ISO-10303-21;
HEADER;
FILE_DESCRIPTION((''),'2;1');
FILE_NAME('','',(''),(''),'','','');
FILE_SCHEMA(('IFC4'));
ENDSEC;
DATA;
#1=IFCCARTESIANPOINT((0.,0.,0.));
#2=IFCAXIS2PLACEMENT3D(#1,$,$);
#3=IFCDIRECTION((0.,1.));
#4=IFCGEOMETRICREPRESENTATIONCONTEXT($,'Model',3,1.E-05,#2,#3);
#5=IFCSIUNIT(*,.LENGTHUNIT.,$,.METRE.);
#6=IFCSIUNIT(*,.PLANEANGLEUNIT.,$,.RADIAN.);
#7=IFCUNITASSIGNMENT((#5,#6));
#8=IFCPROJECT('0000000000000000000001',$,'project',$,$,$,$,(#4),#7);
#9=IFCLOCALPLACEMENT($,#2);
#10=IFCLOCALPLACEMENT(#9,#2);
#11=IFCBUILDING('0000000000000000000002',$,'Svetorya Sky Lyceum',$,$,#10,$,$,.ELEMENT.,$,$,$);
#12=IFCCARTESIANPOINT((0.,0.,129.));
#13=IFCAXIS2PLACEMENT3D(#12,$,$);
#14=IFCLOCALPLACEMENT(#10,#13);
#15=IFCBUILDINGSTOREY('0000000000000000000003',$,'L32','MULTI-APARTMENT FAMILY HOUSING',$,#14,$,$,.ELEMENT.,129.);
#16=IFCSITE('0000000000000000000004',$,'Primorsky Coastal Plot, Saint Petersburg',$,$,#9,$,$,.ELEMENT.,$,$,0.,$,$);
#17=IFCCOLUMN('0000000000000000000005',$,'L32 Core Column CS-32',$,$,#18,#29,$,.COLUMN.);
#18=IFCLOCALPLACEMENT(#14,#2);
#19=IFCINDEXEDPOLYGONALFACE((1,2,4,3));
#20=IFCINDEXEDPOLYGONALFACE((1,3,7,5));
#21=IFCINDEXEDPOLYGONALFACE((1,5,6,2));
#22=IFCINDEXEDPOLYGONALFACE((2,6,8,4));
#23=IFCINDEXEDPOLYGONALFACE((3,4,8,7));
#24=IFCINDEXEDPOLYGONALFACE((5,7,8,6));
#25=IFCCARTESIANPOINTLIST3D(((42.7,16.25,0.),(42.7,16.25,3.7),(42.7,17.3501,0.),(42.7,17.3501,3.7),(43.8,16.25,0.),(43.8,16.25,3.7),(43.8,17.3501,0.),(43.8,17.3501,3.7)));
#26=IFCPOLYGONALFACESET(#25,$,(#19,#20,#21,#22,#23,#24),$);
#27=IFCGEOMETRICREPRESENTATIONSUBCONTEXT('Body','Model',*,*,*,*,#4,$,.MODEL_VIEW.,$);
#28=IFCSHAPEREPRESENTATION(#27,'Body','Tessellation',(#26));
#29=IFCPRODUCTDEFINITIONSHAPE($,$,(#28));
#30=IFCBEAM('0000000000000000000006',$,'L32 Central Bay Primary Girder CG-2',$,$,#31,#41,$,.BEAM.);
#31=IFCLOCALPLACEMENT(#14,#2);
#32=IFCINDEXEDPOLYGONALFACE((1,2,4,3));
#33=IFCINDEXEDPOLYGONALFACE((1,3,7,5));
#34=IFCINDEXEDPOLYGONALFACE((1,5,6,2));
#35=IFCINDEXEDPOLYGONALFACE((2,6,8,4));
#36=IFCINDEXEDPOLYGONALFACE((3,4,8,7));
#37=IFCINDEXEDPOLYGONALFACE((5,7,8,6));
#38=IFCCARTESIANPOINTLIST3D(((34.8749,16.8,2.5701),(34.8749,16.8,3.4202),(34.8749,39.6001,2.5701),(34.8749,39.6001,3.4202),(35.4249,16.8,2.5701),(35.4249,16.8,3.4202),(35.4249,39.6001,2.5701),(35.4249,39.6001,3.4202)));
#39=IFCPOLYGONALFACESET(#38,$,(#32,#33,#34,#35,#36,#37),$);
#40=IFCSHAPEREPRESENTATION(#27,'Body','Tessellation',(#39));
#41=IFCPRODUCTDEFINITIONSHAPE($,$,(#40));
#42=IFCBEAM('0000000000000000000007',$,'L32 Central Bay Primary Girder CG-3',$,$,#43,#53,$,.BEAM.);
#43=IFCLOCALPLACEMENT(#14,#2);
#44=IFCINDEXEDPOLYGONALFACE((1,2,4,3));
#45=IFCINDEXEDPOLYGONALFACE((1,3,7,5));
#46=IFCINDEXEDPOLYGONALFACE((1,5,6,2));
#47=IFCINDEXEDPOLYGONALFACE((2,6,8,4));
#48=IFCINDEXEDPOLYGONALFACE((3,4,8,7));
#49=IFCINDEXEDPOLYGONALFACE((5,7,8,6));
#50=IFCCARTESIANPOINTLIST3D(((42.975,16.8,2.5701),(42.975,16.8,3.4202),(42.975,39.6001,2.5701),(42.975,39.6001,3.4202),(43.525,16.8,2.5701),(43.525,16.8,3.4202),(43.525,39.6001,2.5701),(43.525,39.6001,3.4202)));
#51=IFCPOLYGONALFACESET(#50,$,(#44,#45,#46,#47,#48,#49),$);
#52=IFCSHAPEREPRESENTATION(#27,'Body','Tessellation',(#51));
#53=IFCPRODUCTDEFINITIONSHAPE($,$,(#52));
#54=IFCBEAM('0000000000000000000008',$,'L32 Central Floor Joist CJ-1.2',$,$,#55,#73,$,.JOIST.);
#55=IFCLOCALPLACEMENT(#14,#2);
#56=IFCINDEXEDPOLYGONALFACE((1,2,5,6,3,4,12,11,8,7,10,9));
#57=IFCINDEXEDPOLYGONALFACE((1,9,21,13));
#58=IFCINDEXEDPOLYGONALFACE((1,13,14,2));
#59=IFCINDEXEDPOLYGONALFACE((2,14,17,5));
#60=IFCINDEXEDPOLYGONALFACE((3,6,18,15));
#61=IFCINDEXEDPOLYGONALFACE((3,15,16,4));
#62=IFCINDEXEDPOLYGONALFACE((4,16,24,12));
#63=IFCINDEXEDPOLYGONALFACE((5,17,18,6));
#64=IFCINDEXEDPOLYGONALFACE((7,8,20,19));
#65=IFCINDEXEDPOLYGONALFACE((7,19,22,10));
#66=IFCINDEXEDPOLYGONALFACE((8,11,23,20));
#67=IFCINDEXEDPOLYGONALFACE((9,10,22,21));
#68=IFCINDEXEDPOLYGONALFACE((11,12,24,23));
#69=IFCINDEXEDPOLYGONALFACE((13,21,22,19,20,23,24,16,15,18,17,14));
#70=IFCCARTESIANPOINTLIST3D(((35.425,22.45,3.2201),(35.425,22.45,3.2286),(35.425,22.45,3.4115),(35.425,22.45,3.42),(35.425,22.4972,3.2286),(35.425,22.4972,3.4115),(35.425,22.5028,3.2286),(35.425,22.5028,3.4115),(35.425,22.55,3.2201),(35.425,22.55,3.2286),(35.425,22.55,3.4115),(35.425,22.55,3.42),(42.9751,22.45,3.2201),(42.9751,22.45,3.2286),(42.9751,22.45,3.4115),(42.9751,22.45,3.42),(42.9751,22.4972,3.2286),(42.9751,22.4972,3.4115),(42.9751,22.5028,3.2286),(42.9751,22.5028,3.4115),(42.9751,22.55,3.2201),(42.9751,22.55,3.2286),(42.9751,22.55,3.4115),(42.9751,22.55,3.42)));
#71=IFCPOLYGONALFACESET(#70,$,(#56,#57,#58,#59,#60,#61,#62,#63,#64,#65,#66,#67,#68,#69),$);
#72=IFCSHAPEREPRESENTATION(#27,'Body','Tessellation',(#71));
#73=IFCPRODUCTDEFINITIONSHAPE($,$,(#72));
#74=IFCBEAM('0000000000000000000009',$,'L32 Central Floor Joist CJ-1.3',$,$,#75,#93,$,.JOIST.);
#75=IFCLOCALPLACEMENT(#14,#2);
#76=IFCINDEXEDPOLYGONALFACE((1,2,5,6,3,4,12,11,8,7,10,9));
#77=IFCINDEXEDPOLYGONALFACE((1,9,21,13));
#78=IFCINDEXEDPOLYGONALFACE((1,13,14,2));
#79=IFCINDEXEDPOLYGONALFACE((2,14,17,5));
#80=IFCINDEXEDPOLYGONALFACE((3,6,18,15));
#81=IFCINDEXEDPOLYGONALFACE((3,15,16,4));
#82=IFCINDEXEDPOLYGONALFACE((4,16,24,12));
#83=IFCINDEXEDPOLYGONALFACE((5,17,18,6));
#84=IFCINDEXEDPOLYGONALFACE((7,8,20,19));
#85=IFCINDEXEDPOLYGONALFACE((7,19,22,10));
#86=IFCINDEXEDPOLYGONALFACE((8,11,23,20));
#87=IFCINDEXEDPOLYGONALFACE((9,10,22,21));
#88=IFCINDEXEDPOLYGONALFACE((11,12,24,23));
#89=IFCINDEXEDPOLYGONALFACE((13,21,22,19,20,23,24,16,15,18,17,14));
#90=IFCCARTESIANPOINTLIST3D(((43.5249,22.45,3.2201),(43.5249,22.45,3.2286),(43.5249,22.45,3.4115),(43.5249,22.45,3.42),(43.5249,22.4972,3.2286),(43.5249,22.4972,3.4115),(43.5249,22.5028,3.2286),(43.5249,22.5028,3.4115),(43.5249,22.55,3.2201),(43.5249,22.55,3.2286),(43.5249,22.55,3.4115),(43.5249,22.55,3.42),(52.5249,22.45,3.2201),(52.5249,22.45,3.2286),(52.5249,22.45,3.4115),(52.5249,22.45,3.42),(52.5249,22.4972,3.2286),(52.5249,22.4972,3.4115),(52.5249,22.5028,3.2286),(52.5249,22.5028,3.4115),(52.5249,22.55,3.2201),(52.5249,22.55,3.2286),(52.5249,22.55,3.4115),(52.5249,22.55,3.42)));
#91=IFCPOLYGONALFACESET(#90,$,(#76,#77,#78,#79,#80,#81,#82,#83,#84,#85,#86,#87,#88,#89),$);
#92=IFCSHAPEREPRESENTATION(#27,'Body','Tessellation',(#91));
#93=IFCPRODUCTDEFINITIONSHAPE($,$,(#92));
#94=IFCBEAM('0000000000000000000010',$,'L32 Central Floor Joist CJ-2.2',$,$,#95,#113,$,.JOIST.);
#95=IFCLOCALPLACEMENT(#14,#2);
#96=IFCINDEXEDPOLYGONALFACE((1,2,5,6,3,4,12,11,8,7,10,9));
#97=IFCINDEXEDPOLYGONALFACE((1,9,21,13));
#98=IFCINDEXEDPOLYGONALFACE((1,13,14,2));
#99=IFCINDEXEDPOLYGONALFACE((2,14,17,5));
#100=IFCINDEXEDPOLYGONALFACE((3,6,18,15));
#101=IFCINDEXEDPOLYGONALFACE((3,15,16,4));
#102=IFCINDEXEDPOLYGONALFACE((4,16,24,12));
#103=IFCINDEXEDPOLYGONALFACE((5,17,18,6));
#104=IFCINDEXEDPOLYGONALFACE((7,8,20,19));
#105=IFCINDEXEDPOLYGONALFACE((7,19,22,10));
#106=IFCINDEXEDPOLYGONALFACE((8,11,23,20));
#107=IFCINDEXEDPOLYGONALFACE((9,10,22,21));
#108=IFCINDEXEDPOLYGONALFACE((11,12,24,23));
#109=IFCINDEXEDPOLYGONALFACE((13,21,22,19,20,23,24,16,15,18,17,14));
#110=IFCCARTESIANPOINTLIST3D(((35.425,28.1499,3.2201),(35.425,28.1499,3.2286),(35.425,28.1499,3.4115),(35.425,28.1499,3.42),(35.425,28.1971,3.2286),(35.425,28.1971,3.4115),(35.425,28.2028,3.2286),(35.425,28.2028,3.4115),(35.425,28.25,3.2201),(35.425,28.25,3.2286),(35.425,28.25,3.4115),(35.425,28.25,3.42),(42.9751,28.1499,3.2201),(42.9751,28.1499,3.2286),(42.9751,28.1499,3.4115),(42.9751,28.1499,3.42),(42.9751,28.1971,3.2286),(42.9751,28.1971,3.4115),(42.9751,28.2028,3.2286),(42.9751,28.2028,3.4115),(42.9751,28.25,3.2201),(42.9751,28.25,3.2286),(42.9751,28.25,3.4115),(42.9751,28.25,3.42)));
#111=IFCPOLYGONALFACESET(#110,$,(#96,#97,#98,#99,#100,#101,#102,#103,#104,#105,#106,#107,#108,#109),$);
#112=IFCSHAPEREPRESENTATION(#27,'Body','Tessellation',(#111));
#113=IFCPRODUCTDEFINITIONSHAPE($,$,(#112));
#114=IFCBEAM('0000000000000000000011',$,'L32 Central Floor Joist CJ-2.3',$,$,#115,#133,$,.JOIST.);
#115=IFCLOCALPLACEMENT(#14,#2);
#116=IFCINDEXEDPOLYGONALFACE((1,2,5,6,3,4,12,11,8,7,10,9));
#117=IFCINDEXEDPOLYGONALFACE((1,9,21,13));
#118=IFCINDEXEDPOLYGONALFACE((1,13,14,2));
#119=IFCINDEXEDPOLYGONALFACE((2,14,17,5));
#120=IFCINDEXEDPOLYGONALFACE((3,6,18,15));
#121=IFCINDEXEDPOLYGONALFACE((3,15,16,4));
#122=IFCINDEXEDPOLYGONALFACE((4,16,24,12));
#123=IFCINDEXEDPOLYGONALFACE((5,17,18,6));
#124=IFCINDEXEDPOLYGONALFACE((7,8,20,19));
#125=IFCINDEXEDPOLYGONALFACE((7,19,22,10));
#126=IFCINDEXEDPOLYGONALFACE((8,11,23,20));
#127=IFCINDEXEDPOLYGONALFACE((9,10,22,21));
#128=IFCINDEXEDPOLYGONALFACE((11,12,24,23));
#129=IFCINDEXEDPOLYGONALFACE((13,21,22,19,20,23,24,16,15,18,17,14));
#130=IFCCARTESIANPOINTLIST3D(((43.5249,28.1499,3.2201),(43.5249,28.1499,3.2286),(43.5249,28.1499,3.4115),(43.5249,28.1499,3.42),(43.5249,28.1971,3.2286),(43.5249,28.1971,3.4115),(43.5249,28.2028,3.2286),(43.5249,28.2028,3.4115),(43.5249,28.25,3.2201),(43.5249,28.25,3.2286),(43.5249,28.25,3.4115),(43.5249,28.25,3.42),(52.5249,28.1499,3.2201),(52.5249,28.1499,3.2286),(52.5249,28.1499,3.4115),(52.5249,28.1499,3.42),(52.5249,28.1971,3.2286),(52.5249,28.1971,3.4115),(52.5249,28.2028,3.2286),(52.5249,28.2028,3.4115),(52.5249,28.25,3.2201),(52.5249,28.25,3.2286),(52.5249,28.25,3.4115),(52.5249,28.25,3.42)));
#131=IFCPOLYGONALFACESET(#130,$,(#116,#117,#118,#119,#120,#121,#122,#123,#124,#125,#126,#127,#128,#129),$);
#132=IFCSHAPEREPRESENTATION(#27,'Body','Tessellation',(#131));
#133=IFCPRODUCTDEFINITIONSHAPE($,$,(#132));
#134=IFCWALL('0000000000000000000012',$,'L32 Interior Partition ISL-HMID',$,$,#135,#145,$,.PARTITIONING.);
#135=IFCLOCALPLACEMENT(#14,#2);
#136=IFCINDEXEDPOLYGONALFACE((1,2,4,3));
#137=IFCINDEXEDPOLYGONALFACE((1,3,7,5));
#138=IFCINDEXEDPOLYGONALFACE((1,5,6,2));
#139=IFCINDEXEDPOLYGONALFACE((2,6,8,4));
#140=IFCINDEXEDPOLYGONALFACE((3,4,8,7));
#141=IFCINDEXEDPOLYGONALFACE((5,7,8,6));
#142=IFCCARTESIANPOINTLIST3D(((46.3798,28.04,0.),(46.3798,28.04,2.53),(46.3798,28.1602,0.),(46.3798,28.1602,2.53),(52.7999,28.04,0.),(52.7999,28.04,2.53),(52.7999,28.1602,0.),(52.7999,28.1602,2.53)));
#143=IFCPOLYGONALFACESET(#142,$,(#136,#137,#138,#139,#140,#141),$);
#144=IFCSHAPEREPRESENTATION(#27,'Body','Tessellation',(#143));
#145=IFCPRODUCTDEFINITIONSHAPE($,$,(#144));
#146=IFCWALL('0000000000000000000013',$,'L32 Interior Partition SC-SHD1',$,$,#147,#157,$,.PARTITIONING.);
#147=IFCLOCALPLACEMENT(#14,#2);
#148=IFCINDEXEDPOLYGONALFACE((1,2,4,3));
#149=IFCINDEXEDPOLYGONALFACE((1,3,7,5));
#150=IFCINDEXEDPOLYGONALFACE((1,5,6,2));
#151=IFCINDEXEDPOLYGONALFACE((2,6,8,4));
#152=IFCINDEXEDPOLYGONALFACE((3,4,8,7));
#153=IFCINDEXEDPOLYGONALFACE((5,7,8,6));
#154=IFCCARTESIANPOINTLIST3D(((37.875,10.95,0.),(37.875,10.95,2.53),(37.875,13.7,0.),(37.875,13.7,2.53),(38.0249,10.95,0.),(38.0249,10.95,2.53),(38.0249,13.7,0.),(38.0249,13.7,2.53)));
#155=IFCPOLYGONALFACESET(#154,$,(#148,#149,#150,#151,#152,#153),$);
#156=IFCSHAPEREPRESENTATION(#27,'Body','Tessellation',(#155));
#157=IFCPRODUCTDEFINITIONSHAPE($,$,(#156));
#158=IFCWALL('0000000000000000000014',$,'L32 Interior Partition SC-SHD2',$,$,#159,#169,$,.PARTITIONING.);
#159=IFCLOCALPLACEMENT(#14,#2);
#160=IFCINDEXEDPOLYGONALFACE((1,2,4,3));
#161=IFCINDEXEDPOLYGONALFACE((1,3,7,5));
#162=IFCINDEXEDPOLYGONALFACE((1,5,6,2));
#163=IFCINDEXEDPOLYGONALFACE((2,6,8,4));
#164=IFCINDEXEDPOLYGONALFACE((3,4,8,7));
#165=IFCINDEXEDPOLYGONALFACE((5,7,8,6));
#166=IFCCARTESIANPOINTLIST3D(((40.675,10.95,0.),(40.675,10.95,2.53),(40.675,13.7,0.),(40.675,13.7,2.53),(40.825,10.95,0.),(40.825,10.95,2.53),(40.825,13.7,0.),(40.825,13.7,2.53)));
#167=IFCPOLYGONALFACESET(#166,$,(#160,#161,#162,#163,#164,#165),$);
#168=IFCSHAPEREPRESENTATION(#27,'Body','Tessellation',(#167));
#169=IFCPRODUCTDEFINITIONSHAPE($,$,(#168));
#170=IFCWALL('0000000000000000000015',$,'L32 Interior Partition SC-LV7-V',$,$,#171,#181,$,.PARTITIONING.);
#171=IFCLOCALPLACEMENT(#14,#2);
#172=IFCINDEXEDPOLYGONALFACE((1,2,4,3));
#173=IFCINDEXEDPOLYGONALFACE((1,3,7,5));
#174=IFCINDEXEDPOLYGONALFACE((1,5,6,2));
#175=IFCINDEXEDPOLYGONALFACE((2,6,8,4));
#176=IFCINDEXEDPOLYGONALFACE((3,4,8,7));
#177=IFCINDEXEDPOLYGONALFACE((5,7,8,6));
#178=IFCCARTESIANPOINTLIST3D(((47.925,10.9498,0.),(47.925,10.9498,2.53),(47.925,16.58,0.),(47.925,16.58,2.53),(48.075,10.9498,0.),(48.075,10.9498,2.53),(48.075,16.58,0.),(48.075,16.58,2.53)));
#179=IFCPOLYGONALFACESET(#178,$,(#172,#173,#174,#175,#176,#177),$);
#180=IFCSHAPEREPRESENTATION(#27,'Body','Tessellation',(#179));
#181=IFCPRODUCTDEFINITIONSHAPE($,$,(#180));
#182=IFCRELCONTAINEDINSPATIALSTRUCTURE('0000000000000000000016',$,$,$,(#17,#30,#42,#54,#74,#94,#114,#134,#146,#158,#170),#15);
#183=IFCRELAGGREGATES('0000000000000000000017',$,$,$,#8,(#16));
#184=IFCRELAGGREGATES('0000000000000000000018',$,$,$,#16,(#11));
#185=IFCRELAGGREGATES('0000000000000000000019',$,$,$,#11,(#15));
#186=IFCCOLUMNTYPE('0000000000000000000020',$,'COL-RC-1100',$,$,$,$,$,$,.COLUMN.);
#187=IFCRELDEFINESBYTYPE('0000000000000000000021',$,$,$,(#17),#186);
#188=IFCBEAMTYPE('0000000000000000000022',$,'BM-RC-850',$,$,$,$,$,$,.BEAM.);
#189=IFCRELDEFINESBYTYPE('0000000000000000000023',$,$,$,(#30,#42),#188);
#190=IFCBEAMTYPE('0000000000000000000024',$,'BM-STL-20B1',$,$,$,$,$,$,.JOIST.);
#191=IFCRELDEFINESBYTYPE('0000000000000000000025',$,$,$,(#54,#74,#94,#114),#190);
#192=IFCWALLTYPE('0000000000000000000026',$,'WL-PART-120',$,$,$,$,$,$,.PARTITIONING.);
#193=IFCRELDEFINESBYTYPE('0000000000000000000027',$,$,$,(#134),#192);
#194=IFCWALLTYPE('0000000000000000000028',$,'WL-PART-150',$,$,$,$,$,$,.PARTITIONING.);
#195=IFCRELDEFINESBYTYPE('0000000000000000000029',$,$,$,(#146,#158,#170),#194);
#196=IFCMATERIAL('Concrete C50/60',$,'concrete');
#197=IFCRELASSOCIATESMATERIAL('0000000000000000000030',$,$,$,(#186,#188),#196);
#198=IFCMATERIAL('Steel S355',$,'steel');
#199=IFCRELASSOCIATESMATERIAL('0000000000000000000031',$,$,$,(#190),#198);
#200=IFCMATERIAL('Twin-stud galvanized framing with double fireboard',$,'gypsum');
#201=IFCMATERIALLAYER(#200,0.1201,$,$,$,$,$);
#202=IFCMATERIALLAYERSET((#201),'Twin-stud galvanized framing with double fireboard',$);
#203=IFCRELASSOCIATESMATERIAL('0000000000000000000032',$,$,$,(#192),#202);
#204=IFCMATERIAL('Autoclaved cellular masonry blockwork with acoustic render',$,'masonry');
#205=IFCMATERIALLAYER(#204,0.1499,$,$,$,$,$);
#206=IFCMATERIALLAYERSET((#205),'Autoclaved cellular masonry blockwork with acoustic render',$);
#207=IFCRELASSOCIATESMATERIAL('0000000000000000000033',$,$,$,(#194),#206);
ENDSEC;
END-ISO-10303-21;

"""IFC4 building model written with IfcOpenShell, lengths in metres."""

from ifc_helpers import new_model, si_unit, direction, frame, frame_2d, origin, origin_2d, place, context, subcontext, project, spatial, rectangle, i_section, extrude, material, layer, layer_set, material_profile, profile_set, type_object, element, save


model = new_model("IFC4")

# Units and contexts
model_context = context("Model", 3, precision=1e-05, world=origin(), true_north=direction((0.0, 1.0)))
body_context = subcontext(model_context, "Body", "Model", "MODEL_VIEW")
ifc_project = project(units=[si_unit("LENGTHUNIT", "METRE"), si_unit("PLANEANGLEUNIT", "RADIAN")], contexts=[model_context])

# Site, building, storey
site_placement = place(None, origin())
site = spatial("IfcSite", under=ifc_project, at=site_placement, Name="Primorsky Coastal Plot, Saint Petersburg", CompositionType="ELEMENT", RefElevation=0.0)
building_placement = place(site_placement, origin())
building = spatial("IfcBuilding", under=site, at=building_placement, Name="Svetorya Sky Lyceum", CompositionType="ELEMENT")
storey_placement = place(building_placement, frame((0.0, 0.0, 129.0)))
storey = spatial("IfcBuildingStorey", under=building, at=storey_placement, Name="L32", Description="MULTI-APARTMENT FAMILY HOUSING", CompositionType="ELEMENT", Elevation=129.0)

# Column
ifc_material_1 = material(Name="Concrete C50/60", Category="concrete")
ifc_material_profile_1 = material_profile(ifc_material_1, rectangle(XDim=1.1001, YDim=1.1001, at=origin_2d()), Name="RC COL 1100x1100")
ifc_profile_set_1 = profile_set([ifc_material_profile_1], Name="Concrete C50/60")
column_type = type_object("IfcColumnType", Name="COL-RC-1100", PredefinedType="COLUMN", material=ifc_profile_set_1)
column_placement = place(storey_placement, frame((43.25, 16.8, 0.0), z_axis=(0.0, 0.0, 1.0), x_axis=(1.0, 0.0, 0.0)))
element("IfcColumn", 1, at=column_placement, inside=storey, type_object=column_type, Name="L32 Core Column CS-32", PredefinedType="COLUMN", context=body_context, shape_type="SweptSolid", body=[
    extrude(rectangle(XDim=1.1001, YDim=1.1001, at=origin_2d()), origin(), (0.0, 0.0, 1.0), 3.7),
])

# Beams
ifc_material_profile_2 = material_profile(ifc_material_1, rectangle(XDim=0.55, YDim=0.8501, at=origin_2d()), Name="RC BEAM 550x850")
ifc_profile_set_2 = profile_set([ifc_material_profile_2], Name="Concrete C50/60")
beam_type_1 = type_object("IfcBeamType", Name="BM-RC-850", PredefinedType="BEAM", material=ifc_profile_set_2)
for number, where, z_axis, x_axis, name in (
    (2, (35.1499, 16.8, 2.9951), (0.0, 1.0, 0.0), (-1.0, 0.0, 0.0), "L32 Central Bay Primary Girder CG-2"),
    (3, (43.25, 16.8, 2.9951), (0.0, 1.0, 0.0), (-1.0, 0.0, 0.0), "L32 Central Bay Primary Girder CG-3"),
):
    element("IfcBeam", number, at=place(storey_placement, frame(where, z_axis=z_axis, x_axis=x_axis)), inside=storey, type_object=beam_type_1, Name=name, PredefinedType="BEAM", context=body_context, shape_type="SweptSolid", body=[
        extrude(rectangle(XDim=0.55, YDim=0.8501, at=origin_2d()), origin(), (0.0, 0.0, 1.0), 22.8),
    ])
ifc_material_2 = material(Name="Steel S355", Category="steel")
ifc_material_profile_3 = material_profile(ifc_material_2, i_section(OverallWidth=0.1001, OverallDepth=0.2, WebThickness=0.0056, FlangeThickness=0.0085, at=origin_2d()), Name="GOST 20B1")
ifc_profile_set_3 = profile_set([ifc_material_profile_3], Name="Steel S355")
beam_type_2 = type_object("IfcBeamType", Name="BM-STL-20B1", PredefinedType="JOIST", material=ifc_profile_set_3)
beam_1_placement = place(storey_placement, frame((35.425, 22.5, 3.3201), z_axis=(1.0, 0.0, 0.0), x_axis=(0.0, 1.0, 0.0)))
element("IfcBeam", 4, at=beam_1_placement, inside=storey, type_object=beam_type_2, Name="L32 Central Floor Joist CJ-1.2", PredefinedType="JOIST", context=body_context, shape_type="SweptSolid", body=[
    extrude(i_section(OverallWidth=0.1001, OverallDepth=0.2, WebThickness=0.0056, FlangeThickness=0.0085, at=origin_2d()), origin(), (0.0, 0.0, 1.0), 7.55),
])
beam_2_placement = place(storey_placement, frame((43.5249, 22.5, 3.3201), z_axis=(1.0, 0.0, 0.0), x_axis=(0.0, 1.0, 0.0)))
element("IfcBeam", 5, at=beam_2_placement, inside=storey, type_object=beam_type_2, Name="L32 Central Floor Joist CJ-1.3", PredefinedType="JOIST", context=body_context, shape_type="SweptSolid", body=[
    extrude(i_section(OverallWidth=0.1001, OverallDepth=0.2, WebThickness=0.0056, FlangeThickness=0.0085, at=origin_2d()), origin(), (0.0, 0.0, 1.0), 9.0),
])
beam_3_placement = place(storey_placement, frame((35.425, 28.2, 3.3201), z_axis=(1.0, 0.0, 0.0), x_axis=(0.0, 1.0, 0.0)))
element("IfcBeam", 6, at=beam_3_placement, inside=storey, type_object=beam_type_2, Name="L32 Central Floor Joist CJ-2.2", PredefinedType="JOIST", context=body_context, shape_type="SweptSolid", body=[
    extrude(i_section(OverallWidth=0.1001, OverallDepth=0.2, WebThickness=0.0056, FlangeThickness=0.0085, at=origin_2d()), origin(), (0.0, 0.0, 1.0), 7.55),
])
beam_4_placement = place(storey_placement, frame((43.5249, 28.2, 3.3201), z_axis=(1.0, 0.0, 0.0), x_axis=(0.0, 1.0, 0.0)))
element("IfcBeam", 7, at=beam_4_placement, inside=storey, type_object=beam_type_2, Name="L32 Central Floor Joist CJ-2.3", PredefinedType="JOIST", context=body_context, shape_type="SweptSolid", body=[
    extrude(i_section(OverallWidth=0.1001, OverallDepth=0.2, WebThickness=0.0056, FlangeThickness=0.0085, at=origin_2d()), origin(), (0.0, 0.0, 1.0), 9.0),
])

# Walls
ifc_material_3 = material(Name="Twin-stud galvanized framing with double fireboard", Category="gypsum")
ifc_layer_1 = layer(ifc_material_3, 0.1201)
ifc_layer_set_1 = layer_set([ifc_layer_1], Name="Twin-stud galvanized framing with double fireboard")
wall_type_1 = type_object("IfcWallType", Name="WL-PART-120", PredefinedType="PARTITIONING", material=ifc_layer_set_1)
wall_1_placement = place(storey_placement, frame((46.3799, 28.1001, 0.0), z_axis=(0.0, 0.0, 1.0), x_axis=(1.0, 0.0, 0.0)))
element("IfcWall", 8, at=wall_1_placement, inside=storey, type_object=wall_type_1, Name="L32 Interior Partition ISL-HMID", PredefinedType="PARTITIONING", context=body_context, shape_type="SweptSolid", body=[
    extrude(rectangle(XDim=6.4202, YDim=0.1201, at=frame_2d((3.21, 0.0))), origin(), (0.0, 0.0, 1.0), 2.53),
])
ifc_material_4 = material(Name="Autoclaved cellular masonry blockwork with acoustic render", Category="masonry")
ifc_layer_2 = layer(ifc_material_4, 0.1499)
ifc_layer_set_2 = layer_set([ifc_layer_2], Name="Autoclaved cellular masonry blockwork with acoustic render")
wall_type_2 = type_object("IfcWallType", Name="WL-PART-150", PredefinedType="PARTITIONING", material=ifc_layer_set_2)
for number, where, z_axis, x_axis, name in (
    (9, (37.95, 10.95, 0.0), (0.0, 0.0, 1.0), (0.0, 1.0, 0.0), "L32 Interior Partition SC-SHD1"),
    (10, (40.75, 10.95, 0.0), (0.0, 0.0, 1.0), (0.0, 1.0, 0.0), "L32 Interior Partition SC-SHD2"),
):
    element("IfcWall", number, at=place(storey_placement, frame(where, z_axis=z_axis, x_axis=x_axis)), inside=storey, type_object=wall_type_2, Name=name, PredefinedType="PARTITIONING", context=body_context, shape_type="SweptSolid", body=[
        extrude(rectangle(XDim=2.75, YDim=0.1499, at=frame_2d((1.375, 0.0))), origin(), (0.0, 0.0, 1.0), 2.53),
    ])
wall_2_placement = place(storey_placement, frame((48.0, 10.95, 0.0), z_axis=(0.0, 0.0, 1.0), x_axis=(0.0, 1.0, 0.0)))
element("IfcWall", 11, at=wall_2_placement, inside=storey, type_object=wall_type_2, Name="L32 Interior Partition SC-LV7-V", PredefinedType="PARTITIONING", context=body_context, shape_type="SweptSolid", body=[
    extrude(rectangle(XDim=5.6301, YDim=0.1499, at=frame_2d((2.8149, 0.0))), origin(), (0.0, 0.0, 1.0), 2.53),
])

save(model, "model.ifc")
